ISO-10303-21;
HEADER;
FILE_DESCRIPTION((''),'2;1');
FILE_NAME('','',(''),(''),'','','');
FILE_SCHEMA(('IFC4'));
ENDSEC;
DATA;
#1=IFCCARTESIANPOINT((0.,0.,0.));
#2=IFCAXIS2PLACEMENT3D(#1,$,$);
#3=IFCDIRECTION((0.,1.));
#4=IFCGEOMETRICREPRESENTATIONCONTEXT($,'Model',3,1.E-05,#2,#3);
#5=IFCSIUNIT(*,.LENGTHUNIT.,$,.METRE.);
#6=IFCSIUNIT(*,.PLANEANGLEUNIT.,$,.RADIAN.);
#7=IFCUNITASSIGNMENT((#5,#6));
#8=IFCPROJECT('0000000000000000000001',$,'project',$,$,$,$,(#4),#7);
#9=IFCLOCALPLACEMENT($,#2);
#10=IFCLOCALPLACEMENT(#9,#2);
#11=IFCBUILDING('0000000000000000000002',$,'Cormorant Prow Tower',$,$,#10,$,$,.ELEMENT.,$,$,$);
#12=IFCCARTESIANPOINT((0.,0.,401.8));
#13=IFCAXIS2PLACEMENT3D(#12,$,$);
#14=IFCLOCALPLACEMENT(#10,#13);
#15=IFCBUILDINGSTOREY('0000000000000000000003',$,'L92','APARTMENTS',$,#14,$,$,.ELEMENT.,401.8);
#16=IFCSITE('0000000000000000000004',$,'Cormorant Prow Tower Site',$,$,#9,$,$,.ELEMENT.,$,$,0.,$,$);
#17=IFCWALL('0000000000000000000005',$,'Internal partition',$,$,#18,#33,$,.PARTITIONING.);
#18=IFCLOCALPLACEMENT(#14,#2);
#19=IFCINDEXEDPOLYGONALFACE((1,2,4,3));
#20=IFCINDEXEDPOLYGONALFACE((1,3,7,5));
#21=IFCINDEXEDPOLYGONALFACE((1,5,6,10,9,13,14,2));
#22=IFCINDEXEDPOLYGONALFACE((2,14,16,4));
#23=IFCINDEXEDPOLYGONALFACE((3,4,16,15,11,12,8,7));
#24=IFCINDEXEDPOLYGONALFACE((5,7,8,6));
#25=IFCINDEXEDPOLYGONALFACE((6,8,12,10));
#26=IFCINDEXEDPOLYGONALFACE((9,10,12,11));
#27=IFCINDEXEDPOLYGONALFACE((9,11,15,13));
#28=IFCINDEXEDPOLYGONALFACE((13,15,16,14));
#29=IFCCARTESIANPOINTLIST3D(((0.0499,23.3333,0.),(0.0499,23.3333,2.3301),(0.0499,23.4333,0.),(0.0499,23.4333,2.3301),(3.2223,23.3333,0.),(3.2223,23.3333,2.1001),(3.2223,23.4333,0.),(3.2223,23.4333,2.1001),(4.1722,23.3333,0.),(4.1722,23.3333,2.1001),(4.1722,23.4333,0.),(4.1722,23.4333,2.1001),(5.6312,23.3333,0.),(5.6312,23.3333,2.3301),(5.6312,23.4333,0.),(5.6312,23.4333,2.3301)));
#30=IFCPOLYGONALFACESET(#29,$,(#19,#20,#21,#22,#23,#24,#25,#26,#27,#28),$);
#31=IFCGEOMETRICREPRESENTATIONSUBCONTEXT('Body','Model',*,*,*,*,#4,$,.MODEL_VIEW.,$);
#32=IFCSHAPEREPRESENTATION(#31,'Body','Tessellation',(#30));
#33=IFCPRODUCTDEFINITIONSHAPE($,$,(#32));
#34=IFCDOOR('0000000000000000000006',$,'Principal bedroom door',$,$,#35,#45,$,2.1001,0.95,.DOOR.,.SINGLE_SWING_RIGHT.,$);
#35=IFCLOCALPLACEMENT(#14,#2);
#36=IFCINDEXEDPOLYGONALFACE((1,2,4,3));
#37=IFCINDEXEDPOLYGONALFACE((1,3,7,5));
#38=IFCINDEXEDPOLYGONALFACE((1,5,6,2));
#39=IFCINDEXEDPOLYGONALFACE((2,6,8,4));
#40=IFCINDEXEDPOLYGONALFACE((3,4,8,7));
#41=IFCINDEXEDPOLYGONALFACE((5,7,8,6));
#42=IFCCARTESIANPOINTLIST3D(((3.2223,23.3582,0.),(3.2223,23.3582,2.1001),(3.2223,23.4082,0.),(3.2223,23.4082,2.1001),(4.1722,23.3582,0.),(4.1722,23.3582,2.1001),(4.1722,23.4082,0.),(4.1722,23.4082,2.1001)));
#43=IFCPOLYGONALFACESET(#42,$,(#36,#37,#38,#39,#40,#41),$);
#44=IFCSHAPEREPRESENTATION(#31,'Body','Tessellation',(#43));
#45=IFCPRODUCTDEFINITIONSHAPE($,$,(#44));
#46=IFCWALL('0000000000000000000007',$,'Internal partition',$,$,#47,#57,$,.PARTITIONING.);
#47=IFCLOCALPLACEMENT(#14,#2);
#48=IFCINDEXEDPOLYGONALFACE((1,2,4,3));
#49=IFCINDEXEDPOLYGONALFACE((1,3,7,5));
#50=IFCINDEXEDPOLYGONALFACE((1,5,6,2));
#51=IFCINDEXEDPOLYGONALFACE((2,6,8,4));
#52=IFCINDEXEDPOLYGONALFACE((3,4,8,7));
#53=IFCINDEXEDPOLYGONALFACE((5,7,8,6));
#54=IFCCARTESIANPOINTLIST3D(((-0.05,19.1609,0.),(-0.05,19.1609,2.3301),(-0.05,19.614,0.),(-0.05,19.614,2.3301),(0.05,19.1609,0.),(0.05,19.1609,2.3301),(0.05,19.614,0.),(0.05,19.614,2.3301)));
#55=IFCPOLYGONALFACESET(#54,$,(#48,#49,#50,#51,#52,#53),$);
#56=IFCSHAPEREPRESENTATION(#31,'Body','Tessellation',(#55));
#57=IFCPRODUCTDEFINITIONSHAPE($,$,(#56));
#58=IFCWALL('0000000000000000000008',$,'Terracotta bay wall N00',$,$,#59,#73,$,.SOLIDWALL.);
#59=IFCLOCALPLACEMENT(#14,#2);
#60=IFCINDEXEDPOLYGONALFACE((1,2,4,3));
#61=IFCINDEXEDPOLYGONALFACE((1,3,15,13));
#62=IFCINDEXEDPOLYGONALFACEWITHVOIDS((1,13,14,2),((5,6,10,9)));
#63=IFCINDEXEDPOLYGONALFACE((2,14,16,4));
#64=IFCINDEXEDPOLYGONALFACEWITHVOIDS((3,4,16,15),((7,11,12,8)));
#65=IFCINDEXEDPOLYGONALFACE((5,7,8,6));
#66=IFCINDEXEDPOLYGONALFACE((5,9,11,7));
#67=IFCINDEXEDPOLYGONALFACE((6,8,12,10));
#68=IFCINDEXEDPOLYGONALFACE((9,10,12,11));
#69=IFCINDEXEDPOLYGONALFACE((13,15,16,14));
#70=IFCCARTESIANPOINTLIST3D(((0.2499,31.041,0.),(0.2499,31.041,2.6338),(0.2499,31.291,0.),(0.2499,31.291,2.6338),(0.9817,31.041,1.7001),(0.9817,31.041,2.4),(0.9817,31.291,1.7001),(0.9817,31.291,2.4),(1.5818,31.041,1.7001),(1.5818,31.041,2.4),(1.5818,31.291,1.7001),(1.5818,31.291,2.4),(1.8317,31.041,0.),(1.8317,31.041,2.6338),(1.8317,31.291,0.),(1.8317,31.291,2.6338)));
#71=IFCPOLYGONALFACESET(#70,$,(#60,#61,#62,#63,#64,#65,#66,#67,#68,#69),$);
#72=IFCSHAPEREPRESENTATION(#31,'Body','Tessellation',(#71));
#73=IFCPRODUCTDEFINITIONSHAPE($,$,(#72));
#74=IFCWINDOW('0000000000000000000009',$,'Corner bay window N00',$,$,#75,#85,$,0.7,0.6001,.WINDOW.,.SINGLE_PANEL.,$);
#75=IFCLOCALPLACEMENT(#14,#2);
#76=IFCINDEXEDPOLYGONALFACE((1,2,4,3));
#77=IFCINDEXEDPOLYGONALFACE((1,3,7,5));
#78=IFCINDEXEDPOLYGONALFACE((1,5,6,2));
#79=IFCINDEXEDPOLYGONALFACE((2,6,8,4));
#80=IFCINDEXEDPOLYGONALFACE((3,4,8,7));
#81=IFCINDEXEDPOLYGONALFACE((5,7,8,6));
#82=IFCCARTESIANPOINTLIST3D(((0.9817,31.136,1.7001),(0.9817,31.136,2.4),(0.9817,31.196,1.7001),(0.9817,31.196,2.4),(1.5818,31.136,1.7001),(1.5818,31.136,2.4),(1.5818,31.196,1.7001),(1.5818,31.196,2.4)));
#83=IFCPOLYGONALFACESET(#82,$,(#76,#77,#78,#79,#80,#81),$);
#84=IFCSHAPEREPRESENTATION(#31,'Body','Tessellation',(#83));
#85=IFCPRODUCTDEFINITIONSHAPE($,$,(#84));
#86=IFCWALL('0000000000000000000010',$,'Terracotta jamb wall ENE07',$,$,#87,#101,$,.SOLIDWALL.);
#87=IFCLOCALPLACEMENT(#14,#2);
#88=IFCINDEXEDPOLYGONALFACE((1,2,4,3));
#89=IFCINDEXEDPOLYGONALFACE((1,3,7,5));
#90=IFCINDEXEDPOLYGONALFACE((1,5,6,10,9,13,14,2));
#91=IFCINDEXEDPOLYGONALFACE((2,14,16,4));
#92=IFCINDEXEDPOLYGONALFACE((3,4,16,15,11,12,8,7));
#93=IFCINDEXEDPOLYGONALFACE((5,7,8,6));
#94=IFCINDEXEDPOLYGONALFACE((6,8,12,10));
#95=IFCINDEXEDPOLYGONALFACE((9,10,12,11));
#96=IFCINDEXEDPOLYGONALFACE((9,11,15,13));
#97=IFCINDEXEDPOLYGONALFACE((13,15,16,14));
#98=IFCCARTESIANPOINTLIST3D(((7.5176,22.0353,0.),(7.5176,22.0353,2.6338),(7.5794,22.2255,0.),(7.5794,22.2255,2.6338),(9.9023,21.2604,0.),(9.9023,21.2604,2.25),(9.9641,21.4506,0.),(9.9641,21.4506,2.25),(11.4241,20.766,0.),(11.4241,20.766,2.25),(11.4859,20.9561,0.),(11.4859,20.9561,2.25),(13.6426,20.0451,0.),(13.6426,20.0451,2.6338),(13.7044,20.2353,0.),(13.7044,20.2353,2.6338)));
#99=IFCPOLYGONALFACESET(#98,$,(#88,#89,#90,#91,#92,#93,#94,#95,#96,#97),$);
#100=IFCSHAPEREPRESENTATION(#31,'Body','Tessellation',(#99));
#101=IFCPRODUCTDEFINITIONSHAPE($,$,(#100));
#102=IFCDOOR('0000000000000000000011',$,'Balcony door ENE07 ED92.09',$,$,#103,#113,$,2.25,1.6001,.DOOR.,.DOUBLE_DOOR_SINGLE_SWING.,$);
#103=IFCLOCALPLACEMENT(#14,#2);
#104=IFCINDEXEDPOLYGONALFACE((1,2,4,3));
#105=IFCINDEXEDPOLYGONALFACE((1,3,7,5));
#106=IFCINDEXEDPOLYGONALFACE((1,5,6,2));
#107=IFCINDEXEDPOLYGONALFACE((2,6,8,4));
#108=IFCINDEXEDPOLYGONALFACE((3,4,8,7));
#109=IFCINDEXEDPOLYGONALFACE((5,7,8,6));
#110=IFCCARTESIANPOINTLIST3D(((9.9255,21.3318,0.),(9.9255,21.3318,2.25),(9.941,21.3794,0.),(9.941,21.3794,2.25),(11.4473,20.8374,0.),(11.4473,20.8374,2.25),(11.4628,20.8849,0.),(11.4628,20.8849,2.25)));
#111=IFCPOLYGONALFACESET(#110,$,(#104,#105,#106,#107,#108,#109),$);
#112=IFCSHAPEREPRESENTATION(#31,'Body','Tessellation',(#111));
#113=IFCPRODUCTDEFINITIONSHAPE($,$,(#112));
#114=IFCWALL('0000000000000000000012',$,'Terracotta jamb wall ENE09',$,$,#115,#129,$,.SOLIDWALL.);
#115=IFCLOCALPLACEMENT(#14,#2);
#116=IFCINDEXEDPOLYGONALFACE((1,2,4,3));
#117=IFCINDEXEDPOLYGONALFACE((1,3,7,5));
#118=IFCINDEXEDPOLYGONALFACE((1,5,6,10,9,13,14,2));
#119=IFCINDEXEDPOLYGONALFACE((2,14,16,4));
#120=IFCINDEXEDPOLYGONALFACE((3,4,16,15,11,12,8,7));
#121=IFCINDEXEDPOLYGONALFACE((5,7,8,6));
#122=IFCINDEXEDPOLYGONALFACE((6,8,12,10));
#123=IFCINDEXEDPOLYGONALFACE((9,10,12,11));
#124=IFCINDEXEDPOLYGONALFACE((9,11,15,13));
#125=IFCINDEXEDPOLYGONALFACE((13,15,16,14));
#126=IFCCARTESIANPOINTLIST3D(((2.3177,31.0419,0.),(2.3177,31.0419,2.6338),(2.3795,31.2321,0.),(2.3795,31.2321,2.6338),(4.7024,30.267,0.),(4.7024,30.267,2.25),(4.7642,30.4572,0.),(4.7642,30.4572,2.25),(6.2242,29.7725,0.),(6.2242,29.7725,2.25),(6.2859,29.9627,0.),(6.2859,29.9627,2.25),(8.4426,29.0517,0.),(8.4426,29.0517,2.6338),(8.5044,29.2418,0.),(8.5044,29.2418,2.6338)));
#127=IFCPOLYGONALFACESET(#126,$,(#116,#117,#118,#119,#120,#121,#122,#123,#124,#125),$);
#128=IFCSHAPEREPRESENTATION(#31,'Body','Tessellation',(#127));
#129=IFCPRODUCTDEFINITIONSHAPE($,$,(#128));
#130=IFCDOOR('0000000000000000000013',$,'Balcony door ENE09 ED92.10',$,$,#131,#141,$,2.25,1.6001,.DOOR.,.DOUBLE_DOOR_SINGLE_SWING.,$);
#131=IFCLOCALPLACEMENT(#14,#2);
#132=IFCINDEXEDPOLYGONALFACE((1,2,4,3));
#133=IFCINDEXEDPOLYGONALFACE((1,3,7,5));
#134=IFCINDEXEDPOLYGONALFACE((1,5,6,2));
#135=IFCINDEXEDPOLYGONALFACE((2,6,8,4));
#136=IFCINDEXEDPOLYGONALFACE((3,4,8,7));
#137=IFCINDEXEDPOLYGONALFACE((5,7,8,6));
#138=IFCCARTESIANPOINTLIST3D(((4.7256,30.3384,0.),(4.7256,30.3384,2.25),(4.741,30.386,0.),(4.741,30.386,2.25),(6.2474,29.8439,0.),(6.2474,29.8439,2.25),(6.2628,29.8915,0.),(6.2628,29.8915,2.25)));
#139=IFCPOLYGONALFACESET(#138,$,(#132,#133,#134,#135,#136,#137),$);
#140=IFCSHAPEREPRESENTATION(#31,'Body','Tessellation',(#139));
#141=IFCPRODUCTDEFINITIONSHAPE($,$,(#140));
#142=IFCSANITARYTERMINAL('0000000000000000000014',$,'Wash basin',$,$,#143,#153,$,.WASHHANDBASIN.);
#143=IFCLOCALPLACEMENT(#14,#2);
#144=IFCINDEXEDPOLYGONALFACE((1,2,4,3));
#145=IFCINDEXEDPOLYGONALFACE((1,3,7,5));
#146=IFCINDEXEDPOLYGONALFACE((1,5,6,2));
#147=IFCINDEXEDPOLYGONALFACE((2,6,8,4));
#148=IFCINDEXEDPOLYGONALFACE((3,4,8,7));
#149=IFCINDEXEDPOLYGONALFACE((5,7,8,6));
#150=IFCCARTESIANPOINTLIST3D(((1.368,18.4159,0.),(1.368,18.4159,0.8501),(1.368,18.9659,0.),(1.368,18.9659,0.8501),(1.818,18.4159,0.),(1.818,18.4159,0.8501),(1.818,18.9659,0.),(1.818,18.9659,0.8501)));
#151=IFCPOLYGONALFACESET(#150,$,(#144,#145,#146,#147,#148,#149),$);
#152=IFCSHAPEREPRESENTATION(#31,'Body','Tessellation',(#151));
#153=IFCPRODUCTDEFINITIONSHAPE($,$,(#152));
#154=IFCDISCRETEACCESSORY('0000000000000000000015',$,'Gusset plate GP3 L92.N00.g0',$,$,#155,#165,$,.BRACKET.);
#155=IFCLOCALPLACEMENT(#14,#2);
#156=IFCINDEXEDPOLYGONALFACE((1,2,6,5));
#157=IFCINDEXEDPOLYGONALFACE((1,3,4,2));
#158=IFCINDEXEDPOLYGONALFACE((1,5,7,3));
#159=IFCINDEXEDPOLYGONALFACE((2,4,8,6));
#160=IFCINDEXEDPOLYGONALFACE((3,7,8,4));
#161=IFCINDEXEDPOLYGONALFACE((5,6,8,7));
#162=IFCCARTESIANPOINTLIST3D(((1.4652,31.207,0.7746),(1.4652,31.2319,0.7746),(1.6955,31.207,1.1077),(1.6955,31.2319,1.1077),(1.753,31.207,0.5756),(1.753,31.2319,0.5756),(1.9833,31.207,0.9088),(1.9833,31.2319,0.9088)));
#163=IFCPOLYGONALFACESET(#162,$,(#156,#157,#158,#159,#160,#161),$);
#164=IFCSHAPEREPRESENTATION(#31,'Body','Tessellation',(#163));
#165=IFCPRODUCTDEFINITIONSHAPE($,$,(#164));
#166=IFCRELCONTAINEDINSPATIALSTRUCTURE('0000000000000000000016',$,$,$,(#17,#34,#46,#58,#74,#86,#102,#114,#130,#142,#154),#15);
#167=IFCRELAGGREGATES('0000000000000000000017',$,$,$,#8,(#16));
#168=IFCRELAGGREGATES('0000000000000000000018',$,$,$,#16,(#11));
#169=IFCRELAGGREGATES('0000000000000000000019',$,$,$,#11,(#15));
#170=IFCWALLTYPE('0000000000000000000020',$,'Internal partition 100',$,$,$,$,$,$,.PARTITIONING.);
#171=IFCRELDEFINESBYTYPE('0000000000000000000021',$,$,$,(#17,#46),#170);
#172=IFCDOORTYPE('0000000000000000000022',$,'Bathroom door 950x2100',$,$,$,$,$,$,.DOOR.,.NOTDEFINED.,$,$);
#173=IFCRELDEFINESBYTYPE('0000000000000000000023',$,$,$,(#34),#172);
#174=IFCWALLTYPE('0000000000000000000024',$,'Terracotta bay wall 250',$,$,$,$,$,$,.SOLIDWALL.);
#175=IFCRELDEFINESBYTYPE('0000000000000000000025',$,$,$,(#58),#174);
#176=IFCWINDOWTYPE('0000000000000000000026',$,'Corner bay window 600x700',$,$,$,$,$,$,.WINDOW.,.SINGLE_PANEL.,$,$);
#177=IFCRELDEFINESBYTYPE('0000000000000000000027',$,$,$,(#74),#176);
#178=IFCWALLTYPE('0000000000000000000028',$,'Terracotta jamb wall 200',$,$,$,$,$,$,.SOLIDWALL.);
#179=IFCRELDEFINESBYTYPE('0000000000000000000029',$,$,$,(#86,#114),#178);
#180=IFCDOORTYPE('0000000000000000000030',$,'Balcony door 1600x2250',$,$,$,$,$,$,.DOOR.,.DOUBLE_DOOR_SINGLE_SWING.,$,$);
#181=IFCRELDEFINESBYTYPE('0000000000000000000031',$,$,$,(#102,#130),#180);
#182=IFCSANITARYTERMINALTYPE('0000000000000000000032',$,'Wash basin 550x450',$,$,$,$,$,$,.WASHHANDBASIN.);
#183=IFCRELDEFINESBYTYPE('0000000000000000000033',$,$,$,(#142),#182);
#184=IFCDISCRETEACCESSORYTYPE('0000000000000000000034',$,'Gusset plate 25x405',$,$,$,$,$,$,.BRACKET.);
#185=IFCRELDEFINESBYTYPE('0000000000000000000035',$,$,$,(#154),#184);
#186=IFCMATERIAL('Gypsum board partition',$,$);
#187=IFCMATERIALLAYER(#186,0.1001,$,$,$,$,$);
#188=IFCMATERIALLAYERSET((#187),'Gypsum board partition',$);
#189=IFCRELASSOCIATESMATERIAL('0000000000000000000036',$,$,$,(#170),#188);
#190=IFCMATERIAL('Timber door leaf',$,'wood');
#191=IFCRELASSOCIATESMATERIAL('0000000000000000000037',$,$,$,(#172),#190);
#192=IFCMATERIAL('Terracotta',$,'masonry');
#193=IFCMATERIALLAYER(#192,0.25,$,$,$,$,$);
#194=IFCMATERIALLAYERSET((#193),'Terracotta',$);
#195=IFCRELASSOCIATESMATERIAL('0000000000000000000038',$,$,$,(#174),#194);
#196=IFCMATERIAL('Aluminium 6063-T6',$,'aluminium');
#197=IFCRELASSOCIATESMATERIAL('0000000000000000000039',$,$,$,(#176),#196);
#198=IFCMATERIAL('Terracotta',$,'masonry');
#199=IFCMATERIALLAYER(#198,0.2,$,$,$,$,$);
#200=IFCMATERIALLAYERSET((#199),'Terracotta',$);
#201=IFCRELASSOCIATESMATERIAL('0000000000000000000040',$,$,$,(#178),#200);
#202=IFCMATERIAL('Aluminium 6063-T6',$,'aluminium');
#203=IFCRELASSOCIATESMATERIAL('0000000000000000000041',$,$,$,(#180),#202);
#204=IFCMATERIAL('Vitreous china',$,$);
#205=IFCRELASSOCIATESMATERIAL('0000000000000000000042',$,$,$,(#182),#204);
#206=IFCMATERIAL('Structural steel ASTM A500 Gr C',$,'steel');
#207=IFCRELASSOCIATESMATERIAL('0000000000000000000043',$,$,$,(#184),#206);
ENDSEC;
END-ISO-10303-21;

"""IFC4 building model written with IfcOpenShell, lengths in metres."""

from ifc_helpers import new_model, si_unit, direction, frame, frame_2d, origin, origin_2d, place, context, subcontext, project, spatial, rectangle, extrude, material, layer, layer_set, material_profile, profile_set, type_object, element, fill, save


model = new_model("IFC4")

# Units and contexts
model_context = context("Model", 3, precision=1e-05, world=origin(), true_north=direction((0.0, 1.0)))
body_context = subcontext(model_context, "Body", "Model", "MODEL_VIEW")
ifc_project = project(units=[si_unit("LENGTHUNIT", "METRE"), si_unit("PLANEANGLEUNIT", "RADIAN")], contexts=[model_context])

# Site, building, storey
site_placement = place(None, origin())
site = spatial("IfcSite", under=ifc_project, at=site_placement, Name="Cormorant Prow Tower Site", CompositionType="ELEMENT", RefElevation=0.0)
building_placement = place(site_placement, origin())
building = spatial("IfcBuilding", under=site, at=building_placement, Name="Cormorant Prow Tower", CompositionType="ELEMENT")
storey_placement = place(building_placement, frame((0.0, 0.0, 401.8)))
storey = spatial("IfcBuildingStorey", under=building, at=storey_placement, Name="L92", Description="APARTMENTS", CompositionType="ELEMENT", Elevation=401.8)

# Wall, opening, door
ifc_material_1 = material(Name="Gypsum board partition")
ifc_layer_1 = layer(ifc_material_1, 0.1001)
ifc_layer_set_1 = layer_set([ifc_layer_1], Name="Gypsum board partition")
wall_type_1 = type_object("IfcWallType", Name="Internal partition 100", PredefinedType="PARTITIONING", material=ifc_layer_set_1)
ifc_material_2 = material(Name="Timber door leaf", Category="wood")
door_type_1 = type_object("IfcDoorType", Name="Bathroom door 950x2100", OperationType="NOTDEFINED", PredefinedType="DOOR", material=ifc_material_2)
wall_1_placement = place(storey_placement, frame((0.05, 23.3833, 0.0), z_axis=(0.0, 0.0, 1.0), x_axis=(1.0, 0.0, 0.0)))
wall_1 = element("IfcWall", 1, at=wall_1_placement, inside=storey, type_object=wall_type_1, Name="Internal partition", PredefinedType="PARTITIONING", context=body_context, shape_type="SweptSolid", body=[
    extrude(rectangle(XDim=5.5813, YDim=0.1001, at=frame_2d((2.7905, 0.0))), origin(), (0.0, 0.0, 1.0), 2.3301),
])
opening_1_placement = place(wall_1_placement, frame((3.1721, 0.0, 0.0)))
opening_1 = element("IfcOpeningElement", 2, at=opening_1_placement, cuts=wall_1, PredefinedType="OPENING", context=body_context, shape_type="SweptSolid", body=[
    extrude(rectangle(XDim=0.95, YDim=2.1001, at=frame_2d((0.4751, 1.05))), frame((0.0, 0.0601, 0.0), z_axis=(0.0, -1.0, 0.0), x_axis=(1.0, 0.0, 0.0)), (0.0, 0.0, 1.0), 0.1201),
])
door_1_placement = place(opening_1_placement, origin())
door_1 = element("IfcDoor", 3, at=door_1_placement, inside=storey, type_object=door_type_1, Name="Principal bedroom door", OperationType="SINGLE_SWING_RIGHT", OverallHeight=2.1001, OverallWidth=0.95, PredefinedType="DOOR", context=body_context, shape_type="SweptSolid", body=[
    extrude(rectangle(XDim=0.95, YDim=2.1001, at=frame_2d((0.4751, 1.05))), frame((0.0, 0.0249, 0.0), z_axis=(0.0, -1.0, 0.0), x_axis=(1.0, 0.0, 0.0)), (0.0, 0.0, 1.0), 0.05),
])
fill(opening_1, door_1)

# Wall
wall_2_placement = place(storey_placement, frame((0.0, 19.1609, 0.0), z_axis=(0.0, 0.0, 1.0), x_axis=(0.0, 1.0, 0.0)))
element("IfcWall", 4, at=wall_2_placement, inside=storey, type_object=wall_type_1, Name="Internal partition", PredefinedType="PARTITIONING", context=body_context, shape_type="SweptSolid", body=[
    extrude(rectangle(XDim=0.4531, YDim=0.1001, at=frame_2d((0.2266, 0.0))), origin(), (0.0, 0.0, 1.0), 2.3301),
])

# Wall, opening, window
ifc_material_3 = material(Name="Terracotta", Category="masonry")
ifc_layer_2 = layer(ifc_material_3, 0.25)
ifc_layer_set_2 = layer_set([ifc_layer_2], Name="Terracotta")
wall_type_2 = type_object("IfcWallType", Name="Terracotta bay wall 250", PredefinedType="SOLIDWALL", material=ifc_layer_set_2)
wall_3_placement = place(storey_placement, frame((1.8318, 31.166, 0.0), z_axis=(0.0, 0.0, 1.0), x_axis=(-1.0, 0.0, 0.0)))
wall_3 = element("IfcWall", 5, at=wall_3_placement, inside=storey, type_object=wall_type_2, Name="Terracotta bay wall N00", PredefinedType="SOLIDWALL", context=body_context, shape_type="SweptSolid", body=[
    extrude(rectangle(XDim=1.5818, YDim=0.25, at=frame_2d((0.791, 0.0))), origin(), (0.0, 0.0, 1.0), 2.6338),
])
opening_2_placement = place(wall_3_placement, frame((0.25, 0.0, 1.7)))
opening_2 = element("IfcOpeningElement", 6, at=opening_2_placement, cuts=wall_3, PredefinedType="OPENING", context=body_context, shape_type="SweptSolid", body=[
    extrude(rectangle(XDim=0.6001, YDim=0.7, at=frame_2d((0.3, 0.3501))), frame((0.0, 0.135, 0.0), z_axis=(0.0, -1.0, 0.0), x_axis=(1.0, 0.0, 0.0)), (0.0, 0.0, 1.0), 0.27),
])
ifc_material_4 = material(Name="Aluminium 6063-T6", Category="aluminium")
window_type = type_object("IfcWindowType", Name="Corner bay window 600x700", PartitioningType="SINGLE_PANEL", PredefinedType="WINDOW", material=ifc_material_4)
window_placement = place(opening_2_placement, origin())
window = element("IfcWindow", 7, at=window_placement, inside=storey, type_object=window_type, Name="Corner bay window N00", OverallHeight=0.7, OverallWidth=0.6001, PartitioningType="SINGLE_PANEL", PredefinedType="WINDOW", context=body_context, shape_type="SweptSolid", body=[
    extrude(rectangle(XDim=0.6001, YDim=0.7, at=frame_2d((0.3, 0.3501))), frame((0.0, 0.03, 0.0), z_axis=(0.0, -1.0, 0.0), x_axis=(1.0, 0.0, 0.0)), (0.0, 0.0, 1.0), 0.0601),
])
fill(opening_2, window)

# Walls, openings, doors
ifc_material_5 = material(Name="Terracotta", Category="masonry")
ifc_layer_3 = layer(ifc_material_5, 0.2)
ifc_layer_set_3 = layer_set([ifc_layer_3], Name="Terracotta")
wall_type_3 = type_object("IfcWallType", Name="Terracotta jamb wall 200", PredefinedType="SOLIDWALL", material=ifc_layer_set_3)
wall_4_placement = place(storey_placement, frame((13.6736, 20.1401, 0.0), z_axis=(0.0, 0.0, 1.0), x_axis=(-0.951052, 0.309031, 0.0)))
wall_4 = element("IfcWall", 8, at=wall_4_placement, inside=storey, type_object=wall_type_3, Name="Terracotta jamb wall ENE07", PredefinedType="SOLIDWALL", context=body_context, shape_type="SweptSolid", body=[
    extrude(rectangle(XDim=6.4402, YDim=0.2, at=frame_2d((3.2202, 0.0))), origin(), (0.0, 0.0, 1.0), 2.6338),
])
opening_3_placement = place(wall_4_placement, frame((2.3328, 0.0, 0.0)))
opening_3 = element("IfcOpeningElement", 9, at=opening_3_placement, cuts=wall_4, PredefinedType="OPENING", context=body_context, shape_type="SweptSolid", body=[
    extrude(rectangle(XDim=1.6001, YDim=2.25, at=frame_2d((0.8, 1.125))), frame((0.0, 0.1099, 0.0), z_axis=(0.0, -1.0, 0.0), x_axis=(1.0, 0.0, 0.0)), (0.0, 0.0, 1.0), 0.22),
])
ifc_material_6 = material(Name="Aluminium 6063-T6", Category="aluminium")
door_type_2 = type_object("IfcDoorType", Name="Balcony door 1600x2250", OperationType="DOUBLE_DOOR_SINGLE_SWING", PredefinedType="DOOR", material=ifc_material_6)
door_2_placement = place(opening_3_placement, origin())
door_2 = element("IfcDoor", 10, at=door_2_placement, inside=storey, type_object=door_type_2, Name="Balcony door ENE07 ED92.09", OperationType="DOUBLE_DOOR_SINGLE_SWING", OverallHeight=2.25, OverallWidth=1.6001, PredefinedType="DOOR", context=body_context, shape_type="SweptSolid", body=[
    extrude(rectangle(XDim=1.6001, YDim=2.25, at=frame_2d((0.8, 1.125))), frame((0.0, 0.0249, 0.0), z_axis=(0.0, -1.0, 0.0), x_axis=(1.0, 0.0, 0.0)), (0.0, 0.0, 1.0), 0.05),
])
fill(opening_3, door_2)
wall_5_placement = place(storey_placement, frame((8.4736, 29.1467, 0.0), z_axis=(0.0, 0.0, 1.0), x_axis=(-0.951052, 0.309031, 0.0)))
wall_5 = element("IfcWall", 11, at=wall_5_placement, inside=storey, type_object=wall_type_3, Name="Terracotta jamb wall ENE09", PredefinedType="SOLIDWALL", context=body_context, shape_type="SweptSolid", body=[
    extrude(rectangle(XDim=6.4402, YDim=0.2, at=frame_2d((3.2202, 0.0))), origin(), (0.0, 0.0, 1.0), 2.6338),
])
opening_4_placement = place(wall_5_placement, frame((2.3328, 0.0, 0.0)))
opening_4 = element("IfcOpeningElement", 12, at=opening_4_placement, cuts=wall_5, PredefinedType="OPENING", context=body_context, shape_type="SweptSolid", body=[
    extrude(rectangle(XDim=1.6001, YDim=2.25, at=frame_2d((0.8, 1.125))), frame((0.0, 0.1099, 0.0), z_axis=(0.0, -1.0, 0.0), x_axis=(1.0, 0.0, 0.0)), (0.0, 0.0, 1.0), 0.22),
])
door_3_placement = place(opening_4_placement, origin())
door_3 = element("IfcDoor", 13, at=door_3_placement, inside=storey, type_object=door_type_2, Name="Balcony door ENE09 ED92.10", OperationType="DOUBLE_DOOR_SINGLE_SWING", OverallHeight=2.25, OverallWidth=1.6001, PredefinedType="DOOR", context=body_context, shape_type="SweptSolid", body=[
    extrude(rectangle(XDim=1.6001, YDim=2.25, at=frame_2d((0.8, 1.125))), frame((0.0, 0.0249, 0.0), z_axis=(0.0, -1.0, 0.0), x_axis=(1.0, 0.0, 0.0)), (0.0, 0.0, 1.0), 0.05),
])
fill(opening_4, door_3)

# Sanitary terminal
ifc_material_7 = material(Name="Vitreous china")
sanitary_terminal_type = type_object("IfcSanitaryTerminalType", Name="Wash basin 550x450", PredefinedType="WASHHANDBASIN", material=ifc_material_7)
sanitary_terminal_placement = place(storey_placement, frame((1.593, 18.6909, 0.0), z_axis=(0.0, 0.0, 1.0), x_axis=(0.0, -1.0, 0.0)))
element("IfcSanitaryTerminal", 14, at=sanitary_terminal_placement, inside=storey, type_object=sanitary_terminal_type, Name="Wash basin", PredefinedType="WASHHANDBASIN", context=body_context, shape_type="SweptSolid", body=[
    extrude(rectangle(XDim=0.55, YDim=0.45, at=origin_2d()), origin(), (0.0, 0.0, 1.0), 0.8501),
])

# Discrete accessory
ifc_material_8 = material(Name="Structural steel ASTM A500 Gr C", Category="steel")
ifc_material_profile_1 = material_profile(ifc_material_8, rectangle(XDim=0.0249, YDim=0.405, at=origin_2d()), Name="Gusset plate 25x405")
ifc_profile_set_1 = profile_set([ifc_material_profile_1], Name="Structural steel ASTM A500 Gr C")
discrete_accessory_type = type_object("IfcDiscreteAccessoryType", Name="Gusset plate 25x405", PredefinedType="BRACKET", material=ifc_profile_set_1)
for number, where, z_axis, x_axis, name in (
    (15, (1.5803, 31.2195, 0.9412), (0.822594, 0.0, -0.568629), (0.0, 1.0, 0.0), "Gusset plate GP3 L92.N00.g0"),
):
    element("IfcDiscreteAccessory", number, at=place(storey_placement, frame(where, z_axis=z_axis, x_axis=x_axis)), inside=storey, type_object=discrete_accessory_type, Name=name, PredefinedType="BRACKET", context=body_context, shape_type="SweptSolid", body=[
        extrude(rectangle(XDim=0.0249, YDim=0.405, at=origin_2d()), origin(), (0.0, 0.0, 1.0), 0.3499),
    ])

save(model, "model.ifc")
